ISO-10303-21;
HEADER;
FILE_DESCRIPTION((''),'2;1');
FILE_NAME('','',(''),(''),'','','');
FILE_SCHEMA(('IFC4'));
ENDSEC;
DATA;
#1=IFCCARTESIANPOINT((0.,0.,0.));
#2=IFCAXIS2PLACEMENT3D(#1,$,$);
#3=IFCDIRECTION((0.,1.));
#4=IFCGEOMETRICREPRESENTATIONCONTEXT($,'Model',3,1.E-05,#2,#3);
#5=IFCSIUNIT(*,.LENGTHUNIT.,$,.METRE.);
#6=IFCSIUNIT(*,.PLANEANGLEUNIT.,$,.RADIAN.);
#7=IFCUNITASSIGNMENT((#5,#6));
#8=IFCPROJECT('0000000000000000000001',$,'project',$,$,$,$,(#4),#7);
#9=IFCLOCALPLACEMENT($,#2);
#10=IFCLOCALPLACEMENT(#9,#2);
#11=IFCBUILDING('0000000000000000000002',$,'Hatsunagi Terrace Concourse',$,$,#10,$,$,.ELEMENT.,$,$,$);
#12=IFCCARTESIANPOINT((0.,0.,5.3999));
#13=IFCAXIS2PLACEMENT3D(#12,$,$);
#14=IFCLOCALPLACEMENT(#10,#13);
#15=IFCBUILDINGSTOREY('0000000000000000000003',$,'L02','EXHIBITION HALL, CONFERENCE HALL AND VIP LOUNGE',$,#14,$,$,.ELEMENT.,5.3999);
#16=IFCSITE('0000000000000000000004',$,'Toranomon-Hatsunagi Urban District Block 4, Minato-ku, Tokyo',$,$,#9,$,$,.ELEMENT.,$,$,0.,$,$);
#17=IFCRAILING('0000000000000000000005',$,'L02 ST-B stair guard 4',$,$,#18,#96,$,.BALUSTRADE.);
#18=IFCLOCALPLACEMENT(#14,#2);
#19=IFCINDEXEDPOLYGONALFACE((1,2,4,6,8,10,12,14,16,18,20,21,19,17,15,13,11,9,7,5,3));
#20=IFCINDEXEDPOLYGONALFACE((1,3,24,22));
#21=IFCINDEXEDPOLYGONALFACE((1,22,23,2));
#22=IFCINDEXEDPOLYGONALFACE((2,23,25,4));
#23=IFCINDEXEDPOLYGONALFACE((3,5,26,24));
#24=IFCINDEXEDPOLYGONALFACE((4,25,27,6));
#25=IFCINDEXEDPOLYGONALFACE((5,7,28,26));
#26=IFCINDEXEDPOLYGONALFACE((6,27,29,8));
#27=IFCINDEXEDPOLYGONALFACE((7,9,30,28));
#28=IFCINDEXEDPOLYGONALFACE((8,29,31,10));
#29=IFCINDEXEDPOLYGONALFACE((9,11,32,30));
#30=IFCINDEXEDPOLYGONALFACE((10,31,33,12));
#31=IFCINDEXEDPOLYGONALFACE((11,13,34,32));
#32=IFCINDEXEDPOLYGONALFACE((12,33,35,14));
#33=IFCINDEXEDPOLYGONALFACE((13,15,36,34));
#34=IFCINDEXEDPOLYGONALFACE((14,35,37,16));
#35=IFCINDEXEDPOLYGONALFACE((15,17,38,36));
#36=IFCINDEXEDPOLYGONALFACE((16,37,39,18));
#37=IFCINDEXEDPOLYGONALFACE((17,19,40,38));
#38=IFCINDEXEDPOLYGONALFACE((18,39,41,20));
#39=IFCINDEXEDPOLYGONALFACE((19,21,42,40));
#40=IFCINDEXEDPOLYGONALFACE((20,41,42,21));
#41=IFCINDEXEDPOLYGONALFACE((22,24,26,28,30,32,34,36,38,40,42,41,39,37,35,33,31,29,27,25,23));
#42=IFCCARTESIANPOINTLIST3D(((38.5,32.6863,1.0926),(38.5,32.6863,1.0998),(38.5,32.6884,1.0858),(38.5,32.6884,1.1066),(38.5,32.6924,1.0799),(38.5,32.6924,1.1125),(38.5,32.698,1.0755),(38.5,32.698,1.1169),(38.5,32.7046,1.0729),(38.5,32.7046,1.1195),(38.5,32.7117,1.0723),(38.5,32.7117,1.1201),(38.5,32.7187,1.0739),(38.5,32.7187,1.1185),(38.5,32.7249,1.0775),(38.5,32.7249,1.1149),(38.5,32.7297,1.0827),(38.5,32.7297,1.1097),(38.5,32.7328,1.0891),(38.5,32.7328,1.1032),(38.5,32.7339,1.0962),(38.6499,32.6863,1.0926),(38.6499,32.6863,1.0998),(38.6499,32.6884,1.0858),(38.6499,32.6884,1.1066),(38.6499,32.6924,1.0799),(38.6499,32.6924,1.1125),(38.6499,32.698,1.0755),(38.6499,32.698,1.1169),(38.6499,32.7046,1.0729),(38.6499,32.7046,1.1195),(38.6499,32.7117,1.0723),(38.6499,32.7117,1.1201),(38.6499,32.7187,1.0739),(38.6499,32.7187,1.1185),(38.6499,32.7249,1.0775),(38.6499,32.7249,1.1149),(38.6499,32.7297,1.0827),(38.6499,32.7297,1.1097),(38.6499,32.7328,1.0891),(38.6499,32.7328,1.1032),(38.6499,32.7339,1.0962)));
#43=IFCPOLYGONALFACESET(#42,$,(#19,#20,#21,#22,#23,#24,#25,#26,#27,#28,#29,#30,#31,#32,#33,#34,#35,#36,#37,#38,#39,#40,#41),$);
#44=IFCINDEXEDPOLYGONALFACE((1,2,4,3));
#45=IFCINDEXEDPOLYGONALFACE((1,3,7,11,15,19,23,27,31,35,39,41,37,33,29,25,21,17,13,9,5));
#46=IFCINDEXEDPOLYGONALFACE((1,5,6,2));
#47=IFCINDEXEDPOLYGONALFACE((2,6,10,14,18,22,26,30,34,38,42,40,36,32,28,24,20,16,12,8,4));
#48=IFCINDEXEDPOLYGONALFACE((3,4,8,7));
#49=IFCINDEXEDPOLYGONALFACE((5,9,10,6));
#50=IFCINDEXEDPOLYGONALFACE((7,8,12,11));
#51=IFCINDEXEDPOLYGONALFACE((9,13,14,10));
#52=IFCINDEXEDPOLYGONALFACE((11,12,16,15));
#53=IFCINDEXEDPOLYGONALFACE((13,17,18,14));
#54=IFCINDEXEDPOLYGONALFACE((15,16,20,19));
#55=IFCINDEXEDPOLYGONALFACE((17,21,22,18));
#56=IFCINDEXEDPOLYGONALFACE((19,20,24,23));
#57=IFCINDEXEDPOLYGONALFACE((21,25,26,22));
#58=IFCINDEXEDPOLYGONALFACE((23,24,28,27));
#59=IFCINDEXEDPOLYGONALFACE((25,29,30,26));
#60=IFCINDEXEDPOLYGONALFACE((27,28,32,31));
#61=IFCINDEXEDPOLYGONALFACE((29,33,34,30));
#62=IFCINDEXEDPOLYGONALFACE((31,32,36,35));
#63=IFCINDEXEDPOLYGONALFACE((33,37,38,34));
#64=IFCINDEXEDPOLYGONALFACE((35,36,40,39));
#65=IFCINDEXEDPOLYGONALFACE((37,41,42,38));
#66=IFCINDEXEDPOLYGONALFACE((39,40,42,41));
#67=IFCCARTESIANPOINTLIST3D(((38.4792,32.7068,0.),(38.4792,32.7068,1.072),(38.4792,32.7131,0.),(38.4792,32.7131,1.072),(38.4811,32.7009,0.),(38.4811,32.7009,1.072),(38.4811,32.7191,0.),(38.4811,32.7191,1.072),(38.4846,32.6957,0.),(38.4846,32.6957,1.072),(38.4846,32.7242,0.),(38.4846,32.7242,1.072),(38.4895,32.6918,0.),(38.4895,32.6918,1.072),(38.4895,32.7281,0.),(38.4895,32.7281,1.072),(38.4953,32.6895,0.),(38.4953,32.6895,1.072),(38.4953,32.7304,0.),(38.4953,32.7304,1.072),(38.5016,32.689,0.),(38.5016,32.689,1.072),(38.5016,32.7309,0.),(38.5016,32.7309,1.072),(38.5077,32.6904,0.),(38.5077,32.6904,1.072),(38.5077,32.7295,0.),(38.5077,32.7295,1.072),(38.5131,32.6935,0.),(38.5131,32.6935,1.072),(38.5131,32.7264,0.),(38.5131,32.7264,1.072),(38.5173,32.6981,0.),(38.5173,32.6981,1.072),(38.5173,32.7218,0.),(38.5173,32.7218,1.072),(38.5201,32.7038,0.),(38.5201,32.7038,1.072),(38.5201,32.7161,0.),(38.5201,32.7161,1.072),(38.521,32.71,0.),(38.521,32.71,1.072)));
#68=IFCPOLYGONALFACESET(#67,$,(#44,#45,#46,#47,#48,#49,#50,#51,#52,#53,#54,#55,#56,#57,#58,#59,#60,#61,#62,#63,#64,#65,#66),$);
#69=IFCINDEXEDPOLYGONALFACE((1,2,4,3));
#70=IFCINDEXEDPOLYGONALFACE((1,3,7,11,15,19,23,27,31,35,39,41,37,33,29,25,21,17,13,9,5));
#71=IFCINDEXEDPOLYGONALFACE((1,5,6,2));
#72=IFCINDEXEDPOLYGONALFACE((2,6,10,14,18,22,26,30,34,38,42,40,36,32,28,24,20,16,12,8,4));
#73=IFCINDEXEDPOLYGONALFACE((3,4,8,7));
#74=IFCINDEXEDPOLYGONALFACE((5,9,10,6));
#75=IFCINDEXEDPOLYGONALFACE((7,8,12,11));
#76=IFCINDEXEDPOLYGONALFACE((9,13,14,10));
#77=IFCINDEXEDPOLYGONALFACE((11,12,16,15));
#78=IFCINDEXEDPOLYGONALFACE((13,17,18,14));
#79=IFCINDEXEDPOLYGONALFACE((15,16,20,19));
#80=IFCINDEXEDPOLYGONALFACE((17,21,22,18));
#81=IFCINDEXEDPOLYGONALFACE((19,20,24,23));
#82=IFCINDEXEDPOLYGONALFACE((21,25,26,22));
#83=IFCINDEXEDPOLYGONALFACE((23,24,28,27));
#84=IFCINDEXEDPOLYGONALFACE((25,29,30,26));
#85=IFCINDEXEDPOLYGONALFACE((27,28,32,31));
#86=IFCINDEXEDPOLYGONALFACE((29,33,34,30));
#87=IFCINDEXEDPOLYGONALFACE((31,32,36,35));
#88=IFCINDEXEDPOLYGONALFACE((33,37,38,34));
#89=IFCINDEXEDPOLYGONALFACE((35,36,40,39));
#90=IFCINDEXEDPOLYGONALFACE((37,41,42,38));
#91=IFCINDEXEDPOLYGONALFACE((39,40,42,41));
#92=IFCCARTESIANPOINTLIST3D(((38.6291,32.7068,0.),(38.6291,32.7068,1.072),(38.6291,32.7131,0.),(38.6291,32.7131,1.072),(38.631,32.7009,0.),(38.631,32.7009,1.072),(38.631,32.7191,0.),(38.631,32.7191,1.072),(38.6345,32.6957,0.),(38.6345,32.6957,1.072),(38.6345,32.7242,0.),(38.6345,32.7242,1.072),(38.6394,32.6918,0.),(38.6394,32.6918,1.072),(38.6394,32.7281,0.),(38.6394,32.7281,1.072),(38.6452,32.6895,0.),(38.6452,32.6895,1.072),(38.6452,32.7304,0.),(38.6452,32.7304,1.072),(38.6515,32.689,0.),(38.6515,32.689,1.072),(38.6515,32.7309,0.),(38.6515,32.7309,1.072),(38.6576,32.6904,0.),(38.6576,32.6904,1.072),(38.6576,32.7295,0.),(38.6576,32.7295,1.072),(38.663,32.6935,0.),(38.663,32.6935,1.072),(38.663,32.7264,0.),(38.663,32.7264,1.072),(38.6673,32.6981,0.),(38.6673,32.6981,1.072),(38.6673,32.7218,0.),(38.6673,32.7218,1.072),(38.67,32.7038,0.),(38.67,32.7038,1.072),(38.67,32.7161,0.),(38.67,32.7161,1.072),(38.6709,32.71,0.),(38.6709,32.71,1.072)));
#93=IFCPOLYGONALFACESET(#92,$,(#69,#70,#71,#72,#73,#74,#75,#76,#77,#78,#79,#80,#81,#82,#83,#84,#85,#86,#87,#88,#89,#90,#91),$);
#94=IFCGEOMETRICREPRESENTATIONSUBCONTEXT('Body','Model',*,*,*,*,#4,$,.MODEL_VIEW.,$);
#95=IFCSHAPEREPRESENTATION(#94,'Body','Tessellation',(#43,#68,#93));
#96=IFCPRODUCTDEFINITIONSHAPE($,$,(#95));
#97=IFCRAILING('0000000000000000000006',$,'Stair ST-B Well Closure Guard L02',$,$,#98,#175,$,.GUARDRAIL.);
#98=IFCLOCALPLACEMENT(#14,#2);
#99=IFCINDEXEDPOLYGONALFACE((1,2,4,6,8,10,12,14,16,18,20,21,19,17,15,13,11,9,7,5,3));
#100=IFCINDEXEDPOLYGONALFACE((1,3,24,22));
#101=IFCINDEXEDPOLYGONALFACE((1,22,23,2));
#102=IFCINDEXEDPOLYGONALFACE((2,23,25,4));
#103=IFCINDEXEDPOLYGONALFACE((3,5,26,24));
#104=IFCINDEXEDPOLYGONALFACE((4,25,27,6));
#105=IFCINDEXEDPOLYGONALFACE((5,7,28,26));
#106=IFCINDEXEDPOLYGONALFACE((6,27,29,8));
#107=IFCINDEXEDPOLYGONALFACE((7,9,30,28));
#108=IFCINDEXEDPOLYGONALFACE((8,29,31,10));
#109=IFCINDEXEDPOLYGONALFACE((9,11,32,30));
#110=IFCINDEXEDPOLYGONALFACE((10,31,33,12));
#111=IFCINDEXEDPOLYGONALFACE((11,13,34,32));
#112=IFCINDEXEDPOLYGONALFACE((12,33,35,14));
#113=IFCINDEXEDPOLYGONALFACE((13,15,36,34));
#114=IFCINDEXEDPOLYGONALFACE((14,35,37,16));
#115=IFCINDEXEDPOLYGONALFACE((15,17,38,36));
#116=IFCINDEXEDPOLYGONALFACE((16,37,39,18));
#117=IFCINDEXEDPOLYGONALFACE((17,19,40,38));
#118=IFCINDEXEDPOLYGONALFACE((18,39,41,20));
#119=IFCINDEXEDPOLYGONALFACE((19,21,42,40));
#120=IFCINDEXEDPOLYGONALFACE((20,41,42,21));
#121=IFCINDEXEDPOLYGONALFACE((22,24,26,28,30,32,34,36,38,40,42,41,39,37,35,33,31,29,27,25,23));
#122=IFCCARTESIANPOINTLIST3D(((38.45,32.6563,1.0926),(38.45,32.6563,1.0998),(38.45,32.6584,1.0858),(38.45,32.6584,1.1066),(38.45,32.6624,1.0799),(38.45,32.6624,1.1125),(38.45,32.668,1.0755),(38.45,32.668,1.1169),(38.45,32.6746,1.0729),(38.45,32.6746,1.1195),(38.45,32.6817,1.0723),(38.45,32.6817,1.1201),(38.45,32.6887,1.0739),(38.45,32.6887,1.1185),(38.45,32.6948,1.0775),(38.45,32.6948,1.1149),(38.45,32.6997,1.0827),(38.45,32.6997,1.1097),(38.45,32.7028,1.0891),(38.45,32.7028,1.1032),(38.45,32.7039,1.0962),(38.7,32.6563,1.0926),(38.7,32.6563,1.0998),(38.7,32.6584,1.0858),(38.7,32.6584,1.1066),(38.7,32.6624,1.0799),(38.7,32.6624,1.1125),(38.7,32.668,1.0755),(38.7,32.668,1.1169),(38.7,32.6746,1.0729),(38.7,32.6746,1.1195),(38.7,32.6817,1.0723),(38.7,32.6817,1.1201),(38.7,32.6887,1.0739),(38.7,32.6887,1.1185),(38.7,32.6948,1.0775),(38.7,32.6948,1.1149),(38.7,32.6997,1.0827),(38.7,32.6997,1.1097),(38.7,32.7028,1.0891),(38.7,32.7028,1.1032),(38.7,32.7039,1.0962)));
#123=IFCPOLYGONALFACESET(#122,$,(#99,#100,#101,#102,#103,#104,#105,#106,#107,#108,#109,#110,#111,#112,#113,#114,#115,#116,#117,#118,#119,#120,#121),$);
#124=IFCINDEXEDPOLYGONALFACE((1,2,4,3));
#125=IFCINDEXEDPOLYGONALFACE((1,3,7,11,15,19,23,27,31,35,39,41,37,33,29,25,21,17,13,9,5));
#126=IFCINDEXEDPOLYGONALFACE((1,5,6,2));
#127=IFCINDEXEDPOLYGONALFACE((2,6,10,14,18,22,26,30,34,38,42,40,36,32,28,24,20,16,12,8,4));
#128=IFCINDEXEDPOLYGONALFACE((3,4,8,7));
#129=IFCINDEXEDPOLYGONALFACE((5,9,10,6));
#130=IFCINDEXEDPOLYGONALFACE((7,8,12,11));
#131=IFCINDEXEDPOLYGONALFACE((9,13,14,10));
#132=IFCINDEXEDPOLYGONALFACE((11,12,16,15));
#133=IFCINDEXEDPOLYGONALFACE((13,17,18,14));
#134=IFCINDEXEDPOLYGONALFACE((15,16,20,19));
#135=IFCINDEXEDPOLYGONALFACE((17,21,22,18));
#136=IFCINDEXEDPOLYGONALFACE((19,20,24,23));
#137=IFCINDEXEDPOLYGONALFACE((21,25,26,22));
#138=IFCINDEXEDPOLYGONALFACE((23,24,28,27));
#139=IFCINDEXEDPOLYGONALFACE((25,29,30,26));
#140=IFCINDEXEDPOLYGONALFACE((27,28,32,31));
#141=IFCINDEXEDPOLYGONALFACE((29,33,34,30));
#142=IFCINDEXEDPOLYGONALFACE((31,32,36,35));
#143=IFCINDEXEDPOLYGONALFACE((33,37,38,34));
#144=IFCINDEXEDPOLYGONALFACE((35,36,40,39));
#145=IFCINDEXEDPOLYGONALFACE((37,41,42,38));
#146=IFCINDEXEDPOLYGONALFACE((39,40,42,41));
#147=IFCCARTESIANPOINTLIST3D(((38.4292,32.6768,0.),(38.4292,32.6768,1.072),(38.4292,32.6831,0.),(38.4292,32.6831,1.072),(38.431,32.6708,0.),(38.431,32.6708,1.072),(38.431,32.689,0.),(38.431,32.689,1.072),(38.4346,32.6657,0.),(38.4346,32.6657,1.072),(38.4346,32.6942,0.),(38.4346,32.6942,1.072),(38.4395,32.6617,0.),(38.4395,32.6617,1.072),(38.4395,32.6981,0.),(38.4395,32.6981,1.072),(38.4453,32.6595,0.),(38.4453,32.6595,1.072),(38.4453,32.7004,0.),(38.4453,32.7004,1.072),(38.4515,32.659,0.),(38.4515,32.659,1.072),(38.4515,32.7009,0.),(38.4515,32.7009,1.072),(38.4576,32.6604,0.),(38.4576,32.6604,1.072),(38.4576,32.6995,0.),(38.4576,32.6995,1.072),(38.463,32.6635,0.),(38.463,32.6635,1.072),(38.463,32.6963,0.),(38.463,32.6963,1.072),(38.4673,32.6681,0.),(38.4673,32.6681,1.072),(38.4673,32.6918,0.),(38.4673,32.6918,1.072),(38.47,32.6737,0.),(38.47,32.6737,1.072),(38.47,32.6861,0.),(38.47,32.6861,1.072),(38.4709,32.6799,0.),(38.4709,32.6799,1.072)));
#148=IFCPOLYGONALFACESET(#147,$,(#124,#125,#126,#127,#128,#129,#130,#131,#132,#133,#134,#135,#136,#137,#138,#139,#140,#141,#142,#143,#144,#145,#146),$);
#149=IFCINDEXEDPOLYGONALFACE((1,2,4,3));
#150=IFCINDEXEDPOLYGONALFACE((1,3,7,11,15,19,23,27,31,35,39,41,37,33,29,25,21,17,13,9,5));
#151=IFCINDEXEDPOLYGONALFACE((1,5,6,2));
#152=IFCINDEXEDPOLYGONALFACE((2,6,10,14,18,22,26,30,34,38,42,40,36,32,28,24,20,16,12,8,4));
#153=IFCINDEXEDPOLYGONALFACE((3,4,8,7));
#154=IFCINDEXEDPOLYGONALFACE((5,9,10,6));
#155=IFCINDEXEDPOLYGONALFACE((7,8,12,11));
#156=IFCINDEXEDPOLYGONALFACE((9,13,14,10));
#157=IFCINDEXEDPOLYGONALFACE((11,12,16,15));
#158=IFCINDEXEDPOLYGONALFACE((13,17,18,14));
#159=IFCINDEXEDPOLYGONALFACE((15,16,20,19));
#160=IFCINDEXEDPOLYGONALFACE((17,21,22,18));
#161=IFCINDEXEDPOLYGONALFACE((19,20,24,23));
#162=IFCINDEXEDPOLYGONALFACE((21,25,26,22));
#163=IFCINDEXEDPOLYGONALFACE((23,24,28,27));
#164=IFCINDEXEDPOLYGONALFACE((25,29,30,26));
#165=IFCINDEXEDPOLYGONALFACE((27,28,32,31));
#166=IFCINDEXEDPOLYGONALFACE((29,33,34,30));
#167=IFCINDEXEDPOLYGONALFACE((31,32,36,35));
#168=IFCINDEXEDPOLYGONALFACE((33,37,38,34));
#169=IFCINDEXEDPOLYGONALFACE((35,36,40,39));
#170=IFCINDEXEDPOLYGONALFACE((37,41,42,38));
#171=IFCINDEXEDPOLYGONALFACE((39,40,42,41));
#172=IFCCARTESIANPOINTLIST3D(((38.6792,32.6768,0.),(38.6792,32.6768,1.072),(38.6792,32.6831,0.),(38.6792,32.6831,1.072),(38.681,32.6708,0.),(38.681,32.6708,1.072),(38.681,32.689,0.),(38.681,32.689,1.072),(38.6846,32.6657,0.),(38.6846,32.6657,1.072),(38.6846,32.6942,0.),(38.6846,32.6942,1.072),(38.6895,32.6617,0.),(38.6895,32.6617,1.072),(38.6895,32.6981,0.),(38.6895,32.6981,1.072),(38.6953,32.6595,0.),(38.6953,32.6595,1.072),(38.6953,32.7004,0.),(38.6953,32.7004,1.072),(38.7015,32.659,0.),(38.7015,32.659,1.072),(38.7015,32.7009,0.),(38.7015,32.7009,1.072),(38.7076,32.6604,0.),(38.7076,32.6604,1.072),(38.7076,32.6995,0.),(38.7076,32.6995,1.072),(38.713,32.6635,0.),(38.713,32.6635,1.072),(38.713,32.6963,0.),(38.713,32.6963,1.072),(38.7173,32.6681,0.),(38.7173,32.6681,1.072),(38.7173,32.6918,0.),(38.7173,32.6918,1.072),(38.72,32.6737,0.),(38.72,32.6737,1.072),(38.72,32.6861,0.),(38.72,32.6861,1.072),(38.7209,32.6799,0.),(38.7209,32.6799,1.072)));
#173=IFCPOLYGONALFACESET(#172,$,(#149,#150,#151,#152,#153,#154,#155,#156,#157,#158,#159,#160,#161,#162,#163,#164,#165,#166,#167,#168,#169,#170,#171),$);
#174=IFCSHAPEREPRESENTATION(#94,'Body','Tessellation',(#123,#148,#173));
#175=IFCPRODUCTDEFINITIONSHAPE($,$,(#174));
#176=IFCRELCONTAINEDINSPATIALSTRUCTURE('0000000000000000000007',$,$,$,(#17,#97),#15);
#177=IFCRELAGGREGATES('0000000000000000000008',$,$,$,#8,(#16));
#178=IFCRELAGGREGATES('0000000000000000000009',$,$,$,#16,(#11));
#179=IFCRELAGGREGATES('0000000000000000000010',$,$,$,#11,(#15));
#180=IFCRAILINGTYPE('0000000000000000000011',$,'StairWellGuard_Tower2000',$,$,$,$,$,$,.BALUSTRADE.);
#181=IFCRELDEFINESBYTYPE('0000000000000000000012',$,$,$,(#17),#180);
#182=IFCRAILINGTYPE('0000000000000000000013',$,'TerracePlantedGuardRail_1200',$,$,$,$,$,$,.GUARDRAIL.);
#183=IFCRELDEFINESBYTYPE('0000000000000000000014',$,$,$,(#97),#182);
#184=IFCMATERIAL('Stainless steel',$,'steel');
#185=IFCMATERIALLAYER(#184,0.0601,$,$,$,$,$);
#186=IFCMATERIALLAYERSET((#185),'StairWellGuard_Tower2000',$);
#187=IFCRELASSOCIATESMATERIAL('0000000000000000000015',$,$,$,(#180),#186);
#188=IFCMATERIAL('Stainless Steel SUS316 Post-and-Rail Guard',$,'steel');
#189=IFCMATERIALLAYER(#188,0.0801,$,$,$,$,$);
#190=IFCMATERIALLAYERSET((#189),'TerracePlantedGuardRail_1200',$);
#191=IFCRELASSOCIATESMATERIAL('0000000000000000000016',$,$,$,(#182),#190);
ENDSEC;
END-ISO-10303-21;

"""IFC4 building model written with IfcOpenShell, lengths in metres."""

from ifc_helpers import new_model, si_unit, direction, frame, origin, origin_2d, place, context, subcontext, project, spatial, circle, extrude, material, layer, layer_set, type_object, element, save


model = new_model("IFC4")

# Units and contexts
model_context = context("Model", 3, precision=1e-05, world=origin(), true_north=direction((0.0, 1.0)))
body_context = subcontext(model_context, "Body", "Model", "MODEL_VIEW")
ifc_project = project(units=[si_unit("LENGTHUNIT", "METRE"), si_unit("PLANEANGLEUNIT", "RADIAN")], contexts=[model_context])

# Site, building, storey
site_placement = place(None, origin())
site = spatial("IfcSite", under=ifc_project, at=site_placement, Name="Toranomon-Hatsunagi Urban District Block 4, Minato-ku, Tokyo", CompositionType="ELEMENT", RefElevation=0.0)
building_placement = place(site_placement, origin())
building = spatial("IfcBuilding", under=site, at=building_placement, Name="Hatsunagi Terrace Concourse", CompositionType="ELEMENT")
storey_placement = place(building_placement, frame((0.0, 0.0, 5.3999)))
storey = spatial("IfcBuildingStorey", under=building, at=storey_placement, Name="L02", Description="EXHIBITION HALL, CONFERENCE HALL AND VIP LOUNGE", CompositionType="ELEMENT", Elevation=5.3999)

# Railings
ifc_material_1 = material(Name="Stainless steel", Category="steel")
ifc_layer_1 = layer(ifc_material_1, 0.0601)
ifc_layer_set_1 = layer_set([ifc_layer_1], Name="StairWellGuard_Tower2000")
railing_type_1 = type_object("IfcRailingType", Name="StairWellGuard_Tower2000", PredefinedType="BALUSTRADE", material=ifc_layer_set_1)
railing_1_placement = place(storey_placement, frame((38.5, 32.71, 0.0)))
element("IfcRailing", 1, at=railing_1_placement, inside=storey, type_object=railing_type_1, Name="L02 ST-B stair guard 4", PredefinedType="BALUSTRADE", context=body_context, shape_type="SweptSolid", body=[
    extrude(circle(Radius=0.0239, at=origin_2d()), frame((0.0, 0.0, 1.0962), z_axis=(1.0, 0.0, 0.0), x_axis=(0.0, 1.0, 0.0)), (0.0, 0.0, 1.0), 0.1499),
    extrude(circle(Radius=0.021, at=origin_2d()), origin(), (0.0, 0.0, 1.0), 1.072),
    extrude(circle(Radius=0.021, at=origin_2d()), frame((0.1499, 0.0, 0.0)), (0.0, 0.0, 1.0), 1.072),
])
ifc_material_2 = material(Name="Stainless Steel SUS316 Post-and-Rail Guard", Category="steel")
ifc_layer_2 = layer(ifc_material_2, 0.0801)
ifc_layer_set_2 = layer_set([ifc_layer_2], Name="TerracePlantedGuardRail_1200")
railing_type_2 = type_object("IfcRailingType", Name="TerracePlantedGuardRail_1200", PredefinedType="GUARDRAIL", material=ifc_layer_set_2)
railing_2_placement = place(storey_placement, frame((38.45, 32.6799, 0.0)))
element("IfcRailing", 2, at=railing_2_placement, inside=storey, type_object=railing_type_2, Name="Stair ST-B Well Closure Guard L02", PredefinedType="GUARDRAIL", context=body_context, shape_type="SweptSolid", body=[
    extrude(circle(Radius=0.0239, at=origin_2d()), frame((0.0, 0.0, 1.0962), z_axis=(1.0, 0.0, 0.0), x_axis=(0.0, 1.0, 0.0)), (0.0, 0.0, 1.0), 0.25),
    extrude(circle(Radius=0.021, at=origin_2d()), origin(), (0.0, 0.0, 1.0), 1.072),
    extrude(circle(Radius=0.021, at=origin_2d()), frame((0.25, 0.0, 0.0)), (0.0, 0.0, 1.0), 1.072),
])

save(model, "model.ifc")
